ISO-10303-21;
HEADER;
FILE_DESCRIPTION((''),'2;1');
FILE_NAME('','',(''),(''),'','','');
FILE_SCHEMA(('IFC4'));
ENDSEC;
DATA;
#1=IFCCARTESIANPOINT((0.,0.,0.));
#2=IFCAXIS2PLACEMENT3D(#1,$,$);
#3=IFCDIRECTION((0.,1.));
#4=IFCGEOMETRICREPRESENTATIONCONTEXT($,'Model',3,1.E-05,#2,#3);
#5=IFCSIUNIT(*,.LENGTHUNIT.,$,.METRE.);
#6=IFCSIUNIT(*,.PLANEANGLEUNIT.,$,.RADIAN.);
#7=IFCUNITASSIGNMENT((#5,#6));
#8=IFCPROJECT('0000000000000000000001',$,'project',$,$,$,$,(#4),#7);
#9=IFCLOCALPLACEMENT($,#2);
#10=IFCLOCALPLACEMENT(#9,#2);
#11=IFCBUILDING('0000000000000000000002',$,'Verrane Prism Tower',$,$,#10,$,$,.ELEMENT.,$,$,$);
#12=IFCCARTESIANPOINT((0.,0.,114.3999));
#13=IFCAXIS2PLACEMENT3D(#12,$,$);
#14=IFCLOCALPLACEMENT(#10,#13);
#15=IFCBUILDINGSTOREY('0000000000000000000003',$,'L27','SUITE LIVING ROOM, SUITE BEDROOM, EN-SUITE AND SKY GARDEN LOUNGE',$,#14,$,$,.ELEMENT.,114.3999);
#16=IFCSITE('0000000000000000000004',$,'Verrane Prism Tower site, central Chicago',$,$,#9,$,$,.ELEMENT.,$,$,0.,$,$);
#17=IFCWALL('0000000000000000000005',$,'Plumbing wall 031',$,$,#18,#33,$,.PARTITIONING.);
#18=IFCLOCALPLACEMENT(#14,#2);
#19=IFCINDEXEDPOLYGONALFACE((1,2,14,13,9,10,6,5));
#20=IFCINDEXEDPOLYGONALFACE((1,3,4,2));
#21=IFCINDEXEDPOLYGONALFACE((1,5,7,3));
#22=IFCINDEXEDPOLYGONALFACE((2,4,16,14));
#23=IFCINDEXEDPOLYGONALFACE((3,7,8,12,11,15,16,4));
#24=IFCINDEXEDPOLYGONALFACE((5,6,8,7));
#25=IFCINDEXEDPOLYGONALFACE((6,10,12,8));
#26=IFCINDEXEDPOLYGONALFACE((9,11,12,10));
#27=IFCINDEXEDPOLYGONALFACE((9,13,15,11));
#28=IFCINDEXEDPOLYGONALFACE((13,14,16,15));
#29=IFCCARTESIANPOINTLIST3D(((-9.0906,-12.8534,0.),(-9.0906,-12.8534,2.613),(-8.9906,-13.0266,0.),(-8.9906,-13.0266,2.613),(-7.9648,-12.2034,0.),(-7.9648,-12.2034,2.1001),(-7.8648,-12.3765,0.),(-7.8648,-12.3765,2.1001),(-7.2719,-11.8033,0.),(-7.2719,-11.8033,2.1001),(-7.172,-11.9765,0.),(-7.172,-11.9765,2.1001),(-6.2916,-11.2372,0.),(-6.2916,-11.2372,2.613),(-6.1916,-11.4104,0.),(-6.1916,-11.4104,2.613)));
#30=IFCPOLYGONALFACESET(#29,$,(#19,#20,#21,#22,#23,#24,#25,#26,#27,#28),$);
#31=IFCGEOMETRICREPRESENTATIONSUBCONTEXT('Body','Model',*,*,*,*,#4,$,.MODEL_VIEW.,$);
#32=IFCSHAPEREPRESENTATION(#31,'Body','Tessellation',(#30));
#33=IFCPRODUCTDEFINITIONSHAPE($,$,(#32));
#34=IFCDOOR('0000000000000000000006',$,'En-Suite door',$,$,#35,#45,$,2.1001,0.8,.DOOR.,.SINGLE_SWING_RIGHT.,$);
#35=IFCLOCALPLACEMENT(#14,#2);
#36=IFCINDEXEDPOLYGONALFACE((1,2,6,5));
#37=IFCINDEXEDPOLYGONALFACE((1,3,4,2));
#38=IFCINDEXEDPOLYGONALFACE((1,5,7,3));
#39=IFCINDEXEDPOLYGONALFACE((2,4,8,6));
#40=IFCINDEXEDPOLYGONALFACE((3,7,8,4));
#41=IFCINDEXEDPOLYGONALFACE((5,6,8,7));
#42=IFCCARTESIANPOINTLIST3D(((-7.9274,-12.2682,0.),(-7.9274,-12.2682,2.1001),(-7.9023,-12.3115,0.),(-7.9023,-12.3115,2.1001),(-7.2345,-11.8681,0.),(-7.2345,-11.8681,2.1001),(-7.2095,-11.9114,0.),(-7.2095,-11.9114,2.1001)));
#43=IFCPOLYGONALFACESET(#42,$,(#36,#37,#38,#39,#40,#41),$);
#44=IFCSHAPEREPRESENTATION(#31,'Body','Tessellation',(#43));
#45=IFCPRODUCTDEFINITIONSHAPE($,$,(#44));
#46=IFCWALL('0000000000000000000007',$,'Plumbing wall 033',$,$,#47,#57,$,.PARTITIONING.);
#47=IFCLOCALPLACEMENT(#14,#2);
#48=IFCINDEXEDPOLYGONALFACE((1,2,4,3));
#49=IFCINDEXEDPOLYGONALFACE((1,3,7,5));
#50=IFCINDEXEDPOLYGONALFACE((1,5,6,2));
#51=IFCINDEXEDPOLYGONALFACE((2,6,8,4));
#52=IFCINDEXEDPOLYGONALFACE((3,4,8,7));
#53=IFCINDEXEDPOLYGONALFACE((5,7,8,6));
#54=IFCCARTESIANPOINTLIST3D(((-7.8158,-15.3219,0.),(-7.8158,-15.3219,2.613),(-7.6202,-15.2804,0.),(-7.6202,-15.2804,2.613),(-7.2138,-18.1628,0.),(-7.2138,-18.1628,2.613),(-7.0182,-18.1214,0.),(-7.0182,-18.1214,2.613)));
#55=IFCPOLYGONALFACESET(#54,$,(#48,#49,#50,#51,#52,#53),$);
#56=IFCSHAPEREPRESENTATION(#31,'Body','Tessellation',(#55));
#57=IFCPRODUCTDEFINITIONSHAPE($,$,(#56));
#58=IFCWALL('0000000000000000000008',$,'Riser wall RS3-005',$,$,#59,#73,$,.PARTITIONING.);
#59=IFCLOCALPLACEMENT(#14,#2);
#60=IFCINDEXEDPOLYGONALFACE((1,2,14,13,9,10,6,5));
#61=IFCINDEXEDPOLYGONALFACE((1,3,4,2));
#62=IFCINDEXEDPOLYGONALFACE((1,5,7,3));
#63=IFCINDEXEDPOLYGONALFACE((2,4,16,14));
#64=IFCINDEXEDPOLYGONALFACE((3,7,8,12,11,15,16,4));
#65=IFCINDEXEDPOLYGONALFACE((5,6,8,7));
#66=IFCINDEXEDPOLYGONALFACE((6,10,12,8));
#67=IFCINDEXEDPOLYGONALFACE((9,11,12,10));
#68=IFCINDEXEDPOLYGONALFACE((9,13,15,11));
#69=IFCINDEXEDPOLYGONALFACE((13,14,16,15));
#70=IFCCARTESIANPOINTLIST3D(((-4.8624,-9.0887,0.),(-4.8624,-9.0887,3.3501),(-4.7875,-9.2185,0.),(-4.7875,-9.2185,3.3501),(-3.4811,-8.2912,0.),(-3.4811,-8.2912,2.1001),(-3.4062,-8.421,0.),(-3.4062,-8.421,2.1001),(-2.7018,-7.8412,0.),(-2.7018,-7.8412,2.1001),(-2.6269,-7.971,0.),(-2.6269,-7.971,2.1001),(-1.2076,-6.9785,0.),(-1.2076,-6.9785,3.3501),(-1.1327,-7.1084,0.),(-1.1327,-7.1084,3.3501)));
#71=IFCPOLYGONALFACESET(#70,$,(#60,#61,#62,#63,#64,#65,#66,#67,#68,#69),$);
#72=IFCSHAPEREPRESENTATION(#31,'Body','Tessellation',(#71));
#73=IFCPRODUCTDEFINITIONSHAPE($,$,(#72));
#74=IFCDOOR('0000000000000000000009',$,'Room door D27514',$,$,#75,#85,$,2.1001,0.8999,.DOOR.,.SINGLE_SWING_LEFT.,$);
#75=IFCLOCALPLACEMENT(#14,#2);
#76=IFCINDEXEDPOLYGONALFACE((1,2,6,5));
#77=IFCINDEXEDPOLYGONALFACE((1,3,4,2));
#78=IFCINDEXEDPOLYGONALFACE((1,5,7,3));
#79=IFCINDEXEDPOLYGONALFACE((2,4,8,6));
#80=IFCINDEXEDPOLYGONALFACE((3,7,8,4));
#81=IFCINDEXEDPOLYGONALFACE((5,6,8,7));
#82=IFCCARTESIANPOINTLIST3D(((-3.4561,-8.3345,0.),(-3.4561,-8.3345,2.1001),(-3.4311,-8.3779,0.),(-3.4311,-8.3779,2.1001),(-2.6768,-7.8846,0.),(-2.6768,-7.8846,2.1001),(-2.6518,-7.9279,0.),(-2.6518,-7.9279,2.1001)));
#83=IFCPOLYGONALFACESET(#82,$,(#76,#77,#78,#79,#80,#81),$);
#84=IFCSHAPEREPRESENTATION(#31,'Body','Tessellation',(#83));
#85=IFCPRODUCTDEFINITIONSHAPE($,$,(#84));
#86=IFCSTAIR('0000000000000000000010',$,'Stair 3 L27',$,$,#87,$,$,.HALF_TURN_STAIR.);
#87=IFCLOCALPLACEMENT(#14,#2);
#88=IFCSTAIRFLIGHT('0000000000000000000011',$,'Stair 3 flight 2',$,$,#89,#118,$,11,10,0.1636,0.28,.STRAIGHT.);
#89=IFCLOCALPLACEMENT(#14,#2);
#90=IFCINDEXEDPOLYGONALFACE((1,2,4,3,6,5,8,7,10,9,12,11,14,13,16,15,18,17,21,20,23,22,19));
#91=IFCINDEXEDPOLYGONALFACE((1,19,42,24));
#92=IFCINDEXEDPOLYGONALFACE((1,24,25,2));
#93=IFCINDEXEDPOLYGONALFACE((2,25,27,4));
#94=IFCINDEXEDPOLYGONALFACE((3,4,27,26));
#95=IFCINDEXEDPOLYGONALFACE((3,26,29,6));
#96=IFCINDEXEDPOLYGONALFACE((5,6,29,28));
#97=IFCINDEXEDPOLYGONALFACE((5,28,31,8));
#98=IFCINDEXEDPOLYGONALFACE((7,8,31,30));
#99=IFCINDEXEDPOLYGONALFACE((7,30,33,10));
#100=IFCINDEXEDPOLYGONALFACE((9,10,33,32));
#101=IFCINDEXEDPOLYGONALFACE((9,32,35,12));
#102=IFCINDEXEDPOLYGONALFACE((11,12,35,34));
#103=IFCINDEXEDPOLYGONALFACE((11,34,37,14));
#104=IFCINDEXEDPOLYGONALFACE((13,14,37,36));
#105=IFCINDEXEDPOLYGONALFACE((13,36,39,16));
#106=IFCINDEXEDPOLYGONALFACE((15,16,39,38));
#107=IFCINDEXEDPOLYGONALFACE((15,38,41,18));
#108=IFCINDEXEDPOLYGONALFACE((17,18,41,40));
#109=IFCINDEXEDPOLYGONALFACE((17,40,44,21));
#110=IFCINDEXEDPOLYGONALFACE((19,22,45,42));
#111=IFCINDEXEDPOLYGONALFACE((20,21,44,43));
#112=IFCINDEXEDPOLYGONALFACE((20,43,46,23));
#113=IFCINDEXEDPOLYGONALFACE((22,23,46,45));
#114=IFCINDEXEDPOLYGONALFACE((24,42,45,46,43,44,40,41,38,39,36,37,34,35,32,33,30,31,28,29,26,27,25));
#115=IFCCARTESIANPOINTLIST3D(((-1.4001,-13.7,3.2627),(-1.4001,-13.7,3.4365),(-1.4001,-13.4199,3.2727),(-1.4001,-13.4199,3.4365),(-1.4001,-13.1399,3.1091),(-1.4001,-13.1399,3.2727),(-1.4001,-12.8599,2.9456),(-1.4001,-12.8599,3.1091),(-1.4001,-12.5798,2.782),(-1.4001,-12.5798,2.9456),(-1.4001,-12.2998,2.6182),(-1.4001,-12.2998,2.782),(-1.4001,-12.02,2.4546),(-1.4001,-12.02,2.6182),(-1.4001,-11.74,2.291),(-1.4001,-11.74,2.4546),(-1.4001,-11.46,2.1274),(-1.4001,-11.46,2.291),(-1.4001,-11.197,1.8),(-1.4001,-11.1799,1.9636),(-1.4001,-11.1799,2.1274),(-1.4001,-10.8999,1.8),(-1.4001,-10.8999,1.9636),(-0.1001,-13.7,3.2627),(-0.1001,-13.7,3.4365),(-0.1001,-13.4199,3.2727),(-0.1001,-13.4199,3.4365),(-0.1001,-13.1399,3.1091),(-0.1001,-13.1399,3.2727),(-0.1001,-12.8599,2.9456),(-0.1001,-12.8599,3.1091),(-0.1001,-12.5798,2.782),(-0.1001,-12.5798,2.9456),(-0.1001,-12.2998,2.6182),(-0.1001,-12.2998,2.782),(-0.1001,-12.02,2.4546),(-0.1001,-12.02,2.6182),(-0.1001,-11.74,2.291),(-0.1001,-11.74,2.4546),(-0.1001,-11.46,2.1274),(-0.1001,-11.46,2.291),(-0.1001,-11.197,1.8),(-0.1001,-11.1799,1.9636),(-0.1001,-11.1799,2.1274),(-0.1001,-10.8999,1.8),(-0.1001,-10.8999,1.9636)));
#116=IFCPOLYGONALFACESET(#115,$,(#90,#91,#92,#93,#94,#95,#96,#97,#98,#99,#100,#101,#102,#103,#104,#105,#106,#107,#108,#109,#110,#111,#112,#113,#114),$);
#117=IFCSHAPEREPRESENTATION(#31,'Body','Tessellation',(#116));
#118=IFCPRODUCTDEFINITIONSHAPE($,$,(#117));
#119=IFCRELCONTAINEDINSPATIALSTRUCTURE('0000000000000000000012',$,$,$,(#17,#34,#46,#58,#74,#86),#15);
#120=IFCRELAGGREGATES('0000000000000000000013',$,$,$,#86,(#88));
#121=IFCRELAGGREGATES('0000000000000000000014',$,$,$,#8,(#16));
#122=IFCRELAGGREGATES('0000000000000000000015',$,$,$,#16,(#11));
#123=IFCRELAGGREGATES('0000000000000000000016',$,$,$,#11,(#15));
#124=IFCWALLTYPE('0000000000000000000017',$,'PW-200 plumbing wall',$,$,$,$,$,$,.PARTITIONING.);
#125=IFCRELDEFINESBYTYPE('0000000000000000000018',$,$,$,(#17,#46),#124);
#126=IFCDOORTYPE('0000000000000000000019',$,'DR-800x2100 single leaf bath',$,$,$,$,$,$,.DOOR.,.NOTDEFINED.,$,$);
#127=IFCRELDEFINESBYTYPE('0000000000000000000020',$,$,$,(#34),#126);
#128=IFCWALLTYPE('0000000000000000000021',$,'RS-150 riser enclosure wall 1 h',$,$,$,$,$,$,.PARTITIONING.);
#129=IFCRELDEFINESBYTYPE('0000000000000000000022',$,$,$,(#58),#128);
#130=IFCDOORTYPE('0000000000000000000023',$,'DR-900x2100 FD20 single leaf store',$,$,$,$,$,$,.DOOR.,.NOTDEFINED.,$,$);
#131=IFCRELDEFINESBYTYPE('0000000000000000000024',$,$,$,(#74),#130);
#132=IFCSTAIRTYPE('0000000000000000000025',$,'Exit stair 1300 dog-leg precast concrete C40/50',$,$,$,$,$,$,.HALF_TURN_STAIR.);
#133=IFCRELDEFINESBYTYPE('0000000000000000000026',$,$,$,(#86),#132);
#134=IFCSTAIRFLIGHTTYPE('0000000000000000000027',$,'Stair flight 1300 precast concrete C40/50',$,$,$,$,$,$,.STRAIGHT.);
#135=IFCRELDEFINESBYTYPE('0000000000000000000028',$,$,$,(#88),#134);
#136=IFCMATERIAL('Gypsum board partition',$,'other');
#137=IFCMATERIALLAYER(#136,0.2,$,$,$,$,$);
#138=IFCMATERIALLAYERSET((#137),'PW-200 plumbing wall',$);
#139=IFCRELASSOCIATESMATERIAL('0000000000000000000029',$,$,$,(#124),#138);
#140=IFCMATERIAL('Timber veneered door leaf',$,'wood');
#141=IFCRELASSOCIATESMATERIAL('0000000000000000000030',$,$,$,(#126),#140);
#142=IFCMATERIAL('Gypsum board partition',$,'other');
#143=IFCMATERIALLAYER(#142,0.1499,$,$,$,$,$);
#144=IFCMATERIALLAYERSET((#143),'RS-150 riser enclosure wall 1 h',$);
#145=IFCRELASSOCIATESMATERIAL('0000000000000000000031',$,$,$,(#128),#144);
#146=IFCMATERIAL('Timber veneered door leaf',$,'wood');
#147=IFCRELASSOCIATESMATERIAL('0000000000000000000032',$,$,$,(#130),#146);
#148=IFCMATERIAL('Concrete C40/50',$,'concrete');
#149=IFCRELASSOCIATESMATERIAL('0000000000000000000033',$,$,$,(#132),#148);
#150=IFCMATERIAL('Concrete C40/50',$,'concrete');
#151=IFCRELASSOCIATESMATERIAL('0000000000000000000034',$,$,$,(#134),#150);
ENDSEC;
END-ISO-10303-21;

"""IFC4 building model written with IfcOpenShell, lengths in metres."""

from ifc_helpers import new_model, si_unit, direction, frame, frame_2d, origin, place, context, subcontext, project, spatial, polyline, rectangle, outline, extrude, material, layer, layer_set, type_object, element, fill, aggregate, save


model = new_model("IFC4")

# Units and contexts
model_context = context("Model", 3, precision=1e-05, world=origin(), true_north=direction((0.0, 1.0)))
body_context = subcontext(model_context, "Body", "Model", "MODEL_VIEW")
ifc_project = project(units=[si_unit("LENGTHUNIT", "METRE"), si_unit("PLANEANGLEUNIT", "RADIAN")], contexts=[model_context])

# Site, building, storey
site_placement = place(None, origin())
site = spatial("IfcSite", under=ifc_project, at=site_placement, Name="Verrane Prism Tower site, central Chicago", CompositionType="ELEMENT", RefElevation=0.0)
building_placement = place(site_placement, origin())
building = spatial("IfcBuilding", under=site, at=building_placement, Name="Verrane Prism Tower", CompositionType="ELEMENT")
storey_placement = place(building_placement, frame((0.0, 0.0, 114.3999)))
storey = spatial("IfcBuildingStorey", under=building, at=storey_placement, Name="L27", Description="SUITE LIVING ROOM, SUITE BEDROOM, EN-SUITE AND SKY GARDEN LOUNGE", CompositionType="ELEMENT", Elevation=114.3999)

# Shared definitions
ifc_material_1 = material(Name="Gypsum board partition", Category="other")
ifc_layer_1 = layer(ifc_material_1, 0.2)
ifc_layer_set_1 = layer_set([ifc_layer_1], Name="PW-200 plumbing wall")
wall_type_1 = type_object("IfcWallType", Name="PW-200 plumbing wall", PredefinedType="PARTITIONING", material=ifc_layer_set_1)

# Wall, opening, door
wall_1_placement = place(storey_placement, frame((-6.2415, -11.3237, 0.0), z_axis=(0.0, 0.0, 1.0), x_axis=(-0.866003, -0.500038, 0.0)))
wall_1 = element("IfcWall", 1, at=wall_1_placement, inside=storey, type_object=wall_type_1, Name="Plumbing wall 031", PredefinedType="PARTITIONING", context=body_context, shape_type="SweptSolid", body=[
    extrude(rectangle(XDim=3.2322, YDim=0.2, at=frame_2d((1.6162, 0.0))), origin(), (0.0, 0.0, 1.0), 2.613),
])
opening_1_placement = place(wall_1_placement, frame((1.1323, 0.0, 0.0)))
opening_1 = element("IfcOpeningElement", 2, at=opening_1_placement, cuts=wall_1, PredefinedType="OPENING", context=body_context, shape_type="SweptSolid", body=[
    extrude(rectangle(XDim=0.8, YDim=2.1001, at=frame_2d((0.3999, 1.05))), frame((0.0, 0.1099, 0.0), z_axis=(0.0, -1.0, 0.0), x_axis=(1.0, 0.0, 0.0)), (0.0, 0.0, 1.0), 0.22),
])
ifc_material_2 = material(Name="Timber veneered door leaf", Category="wood")
door_type_1 = type_object("IfcDoorType", Name="DR-800x2100 single leaf bath", OperationType="NOTDEFINED", PredefinedType="DOOR", material=ifc_material_2)
door_1_placement = place(opening_1_placement, origin())
door_1 = element("IfcDoor", 3, at=door_1_placement, inside=storey, type_object=door_type_1, Name="En-Suite door", OperationType="SINGLE_SWING_RIGHT", OverallHeight=2.1001, OverallWidth=0.8, PredefinedType="DOOR", context=body_context, shape_type="SweptSolid", body=[
    extrude(rectangle(XDim=0.8, YDim=2.1001, at=frame_2d((0.3999, 1.05))), frame((0.0, 0.0249, 0.0), z_axis=(0.0, -1.0, 0.0), x_axis=(1.0, 0.0, 0.0)), (0.0, 0.0, 1.0), 0.05),
])
fill(opening_1, door_1)

# Wall
wall_2_placement = place(storey_placement, frame((-7.718, -15.301, 0.0), z_axis=(0.0, 0.0, 1.0), x_axis=(0.207307, -0.978276, 0.0)))
element("IfcWall", 4, at=wall_2_placement, inside=storey, type_object=wall_type_1, Name="Plumbing wall 033", PredefinedType="PARTITIONING", context=body_context, shape_type="SweptSolid", body=[
    extrude(rectangle(XDim=2.9041, YDim=0.2, at=frame_2d((1.4521, 0.0))), origin(), (0.0, 0.0, 1.0), 2.613),
])

# Wall, opening, door
ifc_material_3 = material(Name="Gypsum board partition", Category="other")
ifc_layer_2 = layer(ifc_material_3, 0.1499)
ifc_layer_set_2 = layer_set([ifc_layer_2], Name="RS-150 riser enclosure wall 1 h")
wall_type_2 = type_object("IfcWallType", Name="RS-150 riser enclosure wall 1 h", PredefinedType="PARTITIONING", material=ifc_layer_set_2)
wall_3_placement = place(storey_placement, frame((-4.825, -9.1536, 0.0), z_axis=(0.0, 0.0, 1.0), x_axis=(0.866024, 0.500003, 0.0)))
wall_3 = element("IfcWall", 5, at=wall_3_placement, inside=storey, type_object=wall_type_2, Name="Riser wall RS3-005", PredefinedType="PARTITIONING", context=body_context, shape_type="SweptSolid", body=[
    extrude(rectangle(XDim=4.2202, YDim=0.1499, at=frame_2d((2.1101, 0.0))), origin(), (0.0, 0.0, 1.0), 3.3501),
])
opening_2_placement = place(wall_3_placement, frame((1.595, 0.0, 0.0)))
opening_2 = element("IfcOpeningElement", 6, at=opening_2_placement, cuts=wall_3, PredefinedType="OPENING", context=body_context, shape_type="SweptSolid", body=[
    extrude(rectangle(XDim=0.8999, YDim=2.1001, at=frame_2d((0.45, 1.05))), frame((0.0, 0.085, 0.0), z_axis=(0.0, -1.0, 0.0), x_axis=(1.0, 0.0, 0.0)), (0.0, 0.0, 1.0), 0.1699),
])
ifc_material_4 = material(Name="Timber veneered door leaf", Category="wood")
door_type_2 = type_object("IfcDoorType", Name="DR-900x2100 FD20 single leaf store", OperationType="NOTDEFINED", PredefinedType="DOOR", material=ifc_material_4)
door_2_placement = place(opening_2_placement, origin())
door_2 = element("IfcDoor", 7, at=door_2_placement, inside=storey, type_object=door_type_2, Name="Room door D27514", OperationType="SINGLE_SWING_LEFT", OverallHeight=2.1001, OverallWidth=0.8999, PredefinedType="DOOR", context=body_context, shape_type="SweptSolid", body=[
    extrude(rectangle(XDim=0.8999, YDim=2.1001, at=frame_2d((0.45, 1.05))), frame((0.0, 0.0249, 0.0), z_axis=(0.0, -1.0, 0.0), x_axis=(1.0, 0.0, 0.0)), (0.0, 0.0, 1.0), 0.05),
])
fill(opening_2, door_2)

# Stair, stair flight
ifc_material_5 = material(Name="Concrete C40/50", Category="concrete")
stair_type = type_object("IfcStairType", Name="Exit stair 1300 dog-leg precast concrete C40/50", PredefinedType="HALF_TURN_STAIR", material=ifc_material_5)
stair_placement = place(storey_placement, origin())
stair = element("IfcStair", 8, at=stair_placement, inside=storey, type_object=stair_type, Name="Stair 3 L27", PredefinedType="HALF_TURN_STAIR")
ifc_material_6 = material(Name="Concrete C40/50", Category="concrete")
stair_flight_type = type_object("IfcStairFlightType", Name="Stair flight 1300 precast concrete C40/50", PredefinedType="STRAIGHT", material=ifc_material_6)
stair_flight_placement = place(storey_placement, frame((-0.75, -10.8999, 1.8), z_axis=(0.0, 0.0, 1.0), x_axis=(0.0, -1.0, 0.0)))
stair_flight = element("IfcStairFlight", 9, at=stair_flight_placement, type_object=stair_flight_type, Name="Stair 3 flight 2", NumberOfRisers=11, NumberOfTreads=10, PredefinedType="STRAIGHT", RiserHeight=0.1636, TreadLength=0.28, context=body_context, shape_type="SweptSolid", body=[
    extrude(outline(polyline([(0.0, 0.0), (0.0, 0.1636), (0.28, 0.1636), (0.28, 0.3274), (0.5601, 0.3274), (0.5601, 0.491), (0.8401, 0.491), (0.8401, 0.6545), (1.1201, 0.6545), (1.1201, 0.8181), (1.3999, 0.8181), (1.3999, 0.9819), (1.6799, 0.9819), (1.6799, 1.1455), (1.96, 1.1455), (1.96, 1.3091), (2.24, 1.3091), (2.24, 1.4727), (2.52, 1.4727), (2.52, 1.6365), (2.8, 1.6365), (2.8, 1.8), (2.8, 1.4626), (0.2971, 0.0), (0.0, 0.0)])), frame((0.0, 0.6499, 0.0), z_axis=(0.0, -1.0, 0.0), x_axis=(1.0, 0.0, 0.0)), (0.0, 0.0, 1.0), 1.3),
])
aggregate(stair, [stair_flight])

save(model, "model.ifc")
